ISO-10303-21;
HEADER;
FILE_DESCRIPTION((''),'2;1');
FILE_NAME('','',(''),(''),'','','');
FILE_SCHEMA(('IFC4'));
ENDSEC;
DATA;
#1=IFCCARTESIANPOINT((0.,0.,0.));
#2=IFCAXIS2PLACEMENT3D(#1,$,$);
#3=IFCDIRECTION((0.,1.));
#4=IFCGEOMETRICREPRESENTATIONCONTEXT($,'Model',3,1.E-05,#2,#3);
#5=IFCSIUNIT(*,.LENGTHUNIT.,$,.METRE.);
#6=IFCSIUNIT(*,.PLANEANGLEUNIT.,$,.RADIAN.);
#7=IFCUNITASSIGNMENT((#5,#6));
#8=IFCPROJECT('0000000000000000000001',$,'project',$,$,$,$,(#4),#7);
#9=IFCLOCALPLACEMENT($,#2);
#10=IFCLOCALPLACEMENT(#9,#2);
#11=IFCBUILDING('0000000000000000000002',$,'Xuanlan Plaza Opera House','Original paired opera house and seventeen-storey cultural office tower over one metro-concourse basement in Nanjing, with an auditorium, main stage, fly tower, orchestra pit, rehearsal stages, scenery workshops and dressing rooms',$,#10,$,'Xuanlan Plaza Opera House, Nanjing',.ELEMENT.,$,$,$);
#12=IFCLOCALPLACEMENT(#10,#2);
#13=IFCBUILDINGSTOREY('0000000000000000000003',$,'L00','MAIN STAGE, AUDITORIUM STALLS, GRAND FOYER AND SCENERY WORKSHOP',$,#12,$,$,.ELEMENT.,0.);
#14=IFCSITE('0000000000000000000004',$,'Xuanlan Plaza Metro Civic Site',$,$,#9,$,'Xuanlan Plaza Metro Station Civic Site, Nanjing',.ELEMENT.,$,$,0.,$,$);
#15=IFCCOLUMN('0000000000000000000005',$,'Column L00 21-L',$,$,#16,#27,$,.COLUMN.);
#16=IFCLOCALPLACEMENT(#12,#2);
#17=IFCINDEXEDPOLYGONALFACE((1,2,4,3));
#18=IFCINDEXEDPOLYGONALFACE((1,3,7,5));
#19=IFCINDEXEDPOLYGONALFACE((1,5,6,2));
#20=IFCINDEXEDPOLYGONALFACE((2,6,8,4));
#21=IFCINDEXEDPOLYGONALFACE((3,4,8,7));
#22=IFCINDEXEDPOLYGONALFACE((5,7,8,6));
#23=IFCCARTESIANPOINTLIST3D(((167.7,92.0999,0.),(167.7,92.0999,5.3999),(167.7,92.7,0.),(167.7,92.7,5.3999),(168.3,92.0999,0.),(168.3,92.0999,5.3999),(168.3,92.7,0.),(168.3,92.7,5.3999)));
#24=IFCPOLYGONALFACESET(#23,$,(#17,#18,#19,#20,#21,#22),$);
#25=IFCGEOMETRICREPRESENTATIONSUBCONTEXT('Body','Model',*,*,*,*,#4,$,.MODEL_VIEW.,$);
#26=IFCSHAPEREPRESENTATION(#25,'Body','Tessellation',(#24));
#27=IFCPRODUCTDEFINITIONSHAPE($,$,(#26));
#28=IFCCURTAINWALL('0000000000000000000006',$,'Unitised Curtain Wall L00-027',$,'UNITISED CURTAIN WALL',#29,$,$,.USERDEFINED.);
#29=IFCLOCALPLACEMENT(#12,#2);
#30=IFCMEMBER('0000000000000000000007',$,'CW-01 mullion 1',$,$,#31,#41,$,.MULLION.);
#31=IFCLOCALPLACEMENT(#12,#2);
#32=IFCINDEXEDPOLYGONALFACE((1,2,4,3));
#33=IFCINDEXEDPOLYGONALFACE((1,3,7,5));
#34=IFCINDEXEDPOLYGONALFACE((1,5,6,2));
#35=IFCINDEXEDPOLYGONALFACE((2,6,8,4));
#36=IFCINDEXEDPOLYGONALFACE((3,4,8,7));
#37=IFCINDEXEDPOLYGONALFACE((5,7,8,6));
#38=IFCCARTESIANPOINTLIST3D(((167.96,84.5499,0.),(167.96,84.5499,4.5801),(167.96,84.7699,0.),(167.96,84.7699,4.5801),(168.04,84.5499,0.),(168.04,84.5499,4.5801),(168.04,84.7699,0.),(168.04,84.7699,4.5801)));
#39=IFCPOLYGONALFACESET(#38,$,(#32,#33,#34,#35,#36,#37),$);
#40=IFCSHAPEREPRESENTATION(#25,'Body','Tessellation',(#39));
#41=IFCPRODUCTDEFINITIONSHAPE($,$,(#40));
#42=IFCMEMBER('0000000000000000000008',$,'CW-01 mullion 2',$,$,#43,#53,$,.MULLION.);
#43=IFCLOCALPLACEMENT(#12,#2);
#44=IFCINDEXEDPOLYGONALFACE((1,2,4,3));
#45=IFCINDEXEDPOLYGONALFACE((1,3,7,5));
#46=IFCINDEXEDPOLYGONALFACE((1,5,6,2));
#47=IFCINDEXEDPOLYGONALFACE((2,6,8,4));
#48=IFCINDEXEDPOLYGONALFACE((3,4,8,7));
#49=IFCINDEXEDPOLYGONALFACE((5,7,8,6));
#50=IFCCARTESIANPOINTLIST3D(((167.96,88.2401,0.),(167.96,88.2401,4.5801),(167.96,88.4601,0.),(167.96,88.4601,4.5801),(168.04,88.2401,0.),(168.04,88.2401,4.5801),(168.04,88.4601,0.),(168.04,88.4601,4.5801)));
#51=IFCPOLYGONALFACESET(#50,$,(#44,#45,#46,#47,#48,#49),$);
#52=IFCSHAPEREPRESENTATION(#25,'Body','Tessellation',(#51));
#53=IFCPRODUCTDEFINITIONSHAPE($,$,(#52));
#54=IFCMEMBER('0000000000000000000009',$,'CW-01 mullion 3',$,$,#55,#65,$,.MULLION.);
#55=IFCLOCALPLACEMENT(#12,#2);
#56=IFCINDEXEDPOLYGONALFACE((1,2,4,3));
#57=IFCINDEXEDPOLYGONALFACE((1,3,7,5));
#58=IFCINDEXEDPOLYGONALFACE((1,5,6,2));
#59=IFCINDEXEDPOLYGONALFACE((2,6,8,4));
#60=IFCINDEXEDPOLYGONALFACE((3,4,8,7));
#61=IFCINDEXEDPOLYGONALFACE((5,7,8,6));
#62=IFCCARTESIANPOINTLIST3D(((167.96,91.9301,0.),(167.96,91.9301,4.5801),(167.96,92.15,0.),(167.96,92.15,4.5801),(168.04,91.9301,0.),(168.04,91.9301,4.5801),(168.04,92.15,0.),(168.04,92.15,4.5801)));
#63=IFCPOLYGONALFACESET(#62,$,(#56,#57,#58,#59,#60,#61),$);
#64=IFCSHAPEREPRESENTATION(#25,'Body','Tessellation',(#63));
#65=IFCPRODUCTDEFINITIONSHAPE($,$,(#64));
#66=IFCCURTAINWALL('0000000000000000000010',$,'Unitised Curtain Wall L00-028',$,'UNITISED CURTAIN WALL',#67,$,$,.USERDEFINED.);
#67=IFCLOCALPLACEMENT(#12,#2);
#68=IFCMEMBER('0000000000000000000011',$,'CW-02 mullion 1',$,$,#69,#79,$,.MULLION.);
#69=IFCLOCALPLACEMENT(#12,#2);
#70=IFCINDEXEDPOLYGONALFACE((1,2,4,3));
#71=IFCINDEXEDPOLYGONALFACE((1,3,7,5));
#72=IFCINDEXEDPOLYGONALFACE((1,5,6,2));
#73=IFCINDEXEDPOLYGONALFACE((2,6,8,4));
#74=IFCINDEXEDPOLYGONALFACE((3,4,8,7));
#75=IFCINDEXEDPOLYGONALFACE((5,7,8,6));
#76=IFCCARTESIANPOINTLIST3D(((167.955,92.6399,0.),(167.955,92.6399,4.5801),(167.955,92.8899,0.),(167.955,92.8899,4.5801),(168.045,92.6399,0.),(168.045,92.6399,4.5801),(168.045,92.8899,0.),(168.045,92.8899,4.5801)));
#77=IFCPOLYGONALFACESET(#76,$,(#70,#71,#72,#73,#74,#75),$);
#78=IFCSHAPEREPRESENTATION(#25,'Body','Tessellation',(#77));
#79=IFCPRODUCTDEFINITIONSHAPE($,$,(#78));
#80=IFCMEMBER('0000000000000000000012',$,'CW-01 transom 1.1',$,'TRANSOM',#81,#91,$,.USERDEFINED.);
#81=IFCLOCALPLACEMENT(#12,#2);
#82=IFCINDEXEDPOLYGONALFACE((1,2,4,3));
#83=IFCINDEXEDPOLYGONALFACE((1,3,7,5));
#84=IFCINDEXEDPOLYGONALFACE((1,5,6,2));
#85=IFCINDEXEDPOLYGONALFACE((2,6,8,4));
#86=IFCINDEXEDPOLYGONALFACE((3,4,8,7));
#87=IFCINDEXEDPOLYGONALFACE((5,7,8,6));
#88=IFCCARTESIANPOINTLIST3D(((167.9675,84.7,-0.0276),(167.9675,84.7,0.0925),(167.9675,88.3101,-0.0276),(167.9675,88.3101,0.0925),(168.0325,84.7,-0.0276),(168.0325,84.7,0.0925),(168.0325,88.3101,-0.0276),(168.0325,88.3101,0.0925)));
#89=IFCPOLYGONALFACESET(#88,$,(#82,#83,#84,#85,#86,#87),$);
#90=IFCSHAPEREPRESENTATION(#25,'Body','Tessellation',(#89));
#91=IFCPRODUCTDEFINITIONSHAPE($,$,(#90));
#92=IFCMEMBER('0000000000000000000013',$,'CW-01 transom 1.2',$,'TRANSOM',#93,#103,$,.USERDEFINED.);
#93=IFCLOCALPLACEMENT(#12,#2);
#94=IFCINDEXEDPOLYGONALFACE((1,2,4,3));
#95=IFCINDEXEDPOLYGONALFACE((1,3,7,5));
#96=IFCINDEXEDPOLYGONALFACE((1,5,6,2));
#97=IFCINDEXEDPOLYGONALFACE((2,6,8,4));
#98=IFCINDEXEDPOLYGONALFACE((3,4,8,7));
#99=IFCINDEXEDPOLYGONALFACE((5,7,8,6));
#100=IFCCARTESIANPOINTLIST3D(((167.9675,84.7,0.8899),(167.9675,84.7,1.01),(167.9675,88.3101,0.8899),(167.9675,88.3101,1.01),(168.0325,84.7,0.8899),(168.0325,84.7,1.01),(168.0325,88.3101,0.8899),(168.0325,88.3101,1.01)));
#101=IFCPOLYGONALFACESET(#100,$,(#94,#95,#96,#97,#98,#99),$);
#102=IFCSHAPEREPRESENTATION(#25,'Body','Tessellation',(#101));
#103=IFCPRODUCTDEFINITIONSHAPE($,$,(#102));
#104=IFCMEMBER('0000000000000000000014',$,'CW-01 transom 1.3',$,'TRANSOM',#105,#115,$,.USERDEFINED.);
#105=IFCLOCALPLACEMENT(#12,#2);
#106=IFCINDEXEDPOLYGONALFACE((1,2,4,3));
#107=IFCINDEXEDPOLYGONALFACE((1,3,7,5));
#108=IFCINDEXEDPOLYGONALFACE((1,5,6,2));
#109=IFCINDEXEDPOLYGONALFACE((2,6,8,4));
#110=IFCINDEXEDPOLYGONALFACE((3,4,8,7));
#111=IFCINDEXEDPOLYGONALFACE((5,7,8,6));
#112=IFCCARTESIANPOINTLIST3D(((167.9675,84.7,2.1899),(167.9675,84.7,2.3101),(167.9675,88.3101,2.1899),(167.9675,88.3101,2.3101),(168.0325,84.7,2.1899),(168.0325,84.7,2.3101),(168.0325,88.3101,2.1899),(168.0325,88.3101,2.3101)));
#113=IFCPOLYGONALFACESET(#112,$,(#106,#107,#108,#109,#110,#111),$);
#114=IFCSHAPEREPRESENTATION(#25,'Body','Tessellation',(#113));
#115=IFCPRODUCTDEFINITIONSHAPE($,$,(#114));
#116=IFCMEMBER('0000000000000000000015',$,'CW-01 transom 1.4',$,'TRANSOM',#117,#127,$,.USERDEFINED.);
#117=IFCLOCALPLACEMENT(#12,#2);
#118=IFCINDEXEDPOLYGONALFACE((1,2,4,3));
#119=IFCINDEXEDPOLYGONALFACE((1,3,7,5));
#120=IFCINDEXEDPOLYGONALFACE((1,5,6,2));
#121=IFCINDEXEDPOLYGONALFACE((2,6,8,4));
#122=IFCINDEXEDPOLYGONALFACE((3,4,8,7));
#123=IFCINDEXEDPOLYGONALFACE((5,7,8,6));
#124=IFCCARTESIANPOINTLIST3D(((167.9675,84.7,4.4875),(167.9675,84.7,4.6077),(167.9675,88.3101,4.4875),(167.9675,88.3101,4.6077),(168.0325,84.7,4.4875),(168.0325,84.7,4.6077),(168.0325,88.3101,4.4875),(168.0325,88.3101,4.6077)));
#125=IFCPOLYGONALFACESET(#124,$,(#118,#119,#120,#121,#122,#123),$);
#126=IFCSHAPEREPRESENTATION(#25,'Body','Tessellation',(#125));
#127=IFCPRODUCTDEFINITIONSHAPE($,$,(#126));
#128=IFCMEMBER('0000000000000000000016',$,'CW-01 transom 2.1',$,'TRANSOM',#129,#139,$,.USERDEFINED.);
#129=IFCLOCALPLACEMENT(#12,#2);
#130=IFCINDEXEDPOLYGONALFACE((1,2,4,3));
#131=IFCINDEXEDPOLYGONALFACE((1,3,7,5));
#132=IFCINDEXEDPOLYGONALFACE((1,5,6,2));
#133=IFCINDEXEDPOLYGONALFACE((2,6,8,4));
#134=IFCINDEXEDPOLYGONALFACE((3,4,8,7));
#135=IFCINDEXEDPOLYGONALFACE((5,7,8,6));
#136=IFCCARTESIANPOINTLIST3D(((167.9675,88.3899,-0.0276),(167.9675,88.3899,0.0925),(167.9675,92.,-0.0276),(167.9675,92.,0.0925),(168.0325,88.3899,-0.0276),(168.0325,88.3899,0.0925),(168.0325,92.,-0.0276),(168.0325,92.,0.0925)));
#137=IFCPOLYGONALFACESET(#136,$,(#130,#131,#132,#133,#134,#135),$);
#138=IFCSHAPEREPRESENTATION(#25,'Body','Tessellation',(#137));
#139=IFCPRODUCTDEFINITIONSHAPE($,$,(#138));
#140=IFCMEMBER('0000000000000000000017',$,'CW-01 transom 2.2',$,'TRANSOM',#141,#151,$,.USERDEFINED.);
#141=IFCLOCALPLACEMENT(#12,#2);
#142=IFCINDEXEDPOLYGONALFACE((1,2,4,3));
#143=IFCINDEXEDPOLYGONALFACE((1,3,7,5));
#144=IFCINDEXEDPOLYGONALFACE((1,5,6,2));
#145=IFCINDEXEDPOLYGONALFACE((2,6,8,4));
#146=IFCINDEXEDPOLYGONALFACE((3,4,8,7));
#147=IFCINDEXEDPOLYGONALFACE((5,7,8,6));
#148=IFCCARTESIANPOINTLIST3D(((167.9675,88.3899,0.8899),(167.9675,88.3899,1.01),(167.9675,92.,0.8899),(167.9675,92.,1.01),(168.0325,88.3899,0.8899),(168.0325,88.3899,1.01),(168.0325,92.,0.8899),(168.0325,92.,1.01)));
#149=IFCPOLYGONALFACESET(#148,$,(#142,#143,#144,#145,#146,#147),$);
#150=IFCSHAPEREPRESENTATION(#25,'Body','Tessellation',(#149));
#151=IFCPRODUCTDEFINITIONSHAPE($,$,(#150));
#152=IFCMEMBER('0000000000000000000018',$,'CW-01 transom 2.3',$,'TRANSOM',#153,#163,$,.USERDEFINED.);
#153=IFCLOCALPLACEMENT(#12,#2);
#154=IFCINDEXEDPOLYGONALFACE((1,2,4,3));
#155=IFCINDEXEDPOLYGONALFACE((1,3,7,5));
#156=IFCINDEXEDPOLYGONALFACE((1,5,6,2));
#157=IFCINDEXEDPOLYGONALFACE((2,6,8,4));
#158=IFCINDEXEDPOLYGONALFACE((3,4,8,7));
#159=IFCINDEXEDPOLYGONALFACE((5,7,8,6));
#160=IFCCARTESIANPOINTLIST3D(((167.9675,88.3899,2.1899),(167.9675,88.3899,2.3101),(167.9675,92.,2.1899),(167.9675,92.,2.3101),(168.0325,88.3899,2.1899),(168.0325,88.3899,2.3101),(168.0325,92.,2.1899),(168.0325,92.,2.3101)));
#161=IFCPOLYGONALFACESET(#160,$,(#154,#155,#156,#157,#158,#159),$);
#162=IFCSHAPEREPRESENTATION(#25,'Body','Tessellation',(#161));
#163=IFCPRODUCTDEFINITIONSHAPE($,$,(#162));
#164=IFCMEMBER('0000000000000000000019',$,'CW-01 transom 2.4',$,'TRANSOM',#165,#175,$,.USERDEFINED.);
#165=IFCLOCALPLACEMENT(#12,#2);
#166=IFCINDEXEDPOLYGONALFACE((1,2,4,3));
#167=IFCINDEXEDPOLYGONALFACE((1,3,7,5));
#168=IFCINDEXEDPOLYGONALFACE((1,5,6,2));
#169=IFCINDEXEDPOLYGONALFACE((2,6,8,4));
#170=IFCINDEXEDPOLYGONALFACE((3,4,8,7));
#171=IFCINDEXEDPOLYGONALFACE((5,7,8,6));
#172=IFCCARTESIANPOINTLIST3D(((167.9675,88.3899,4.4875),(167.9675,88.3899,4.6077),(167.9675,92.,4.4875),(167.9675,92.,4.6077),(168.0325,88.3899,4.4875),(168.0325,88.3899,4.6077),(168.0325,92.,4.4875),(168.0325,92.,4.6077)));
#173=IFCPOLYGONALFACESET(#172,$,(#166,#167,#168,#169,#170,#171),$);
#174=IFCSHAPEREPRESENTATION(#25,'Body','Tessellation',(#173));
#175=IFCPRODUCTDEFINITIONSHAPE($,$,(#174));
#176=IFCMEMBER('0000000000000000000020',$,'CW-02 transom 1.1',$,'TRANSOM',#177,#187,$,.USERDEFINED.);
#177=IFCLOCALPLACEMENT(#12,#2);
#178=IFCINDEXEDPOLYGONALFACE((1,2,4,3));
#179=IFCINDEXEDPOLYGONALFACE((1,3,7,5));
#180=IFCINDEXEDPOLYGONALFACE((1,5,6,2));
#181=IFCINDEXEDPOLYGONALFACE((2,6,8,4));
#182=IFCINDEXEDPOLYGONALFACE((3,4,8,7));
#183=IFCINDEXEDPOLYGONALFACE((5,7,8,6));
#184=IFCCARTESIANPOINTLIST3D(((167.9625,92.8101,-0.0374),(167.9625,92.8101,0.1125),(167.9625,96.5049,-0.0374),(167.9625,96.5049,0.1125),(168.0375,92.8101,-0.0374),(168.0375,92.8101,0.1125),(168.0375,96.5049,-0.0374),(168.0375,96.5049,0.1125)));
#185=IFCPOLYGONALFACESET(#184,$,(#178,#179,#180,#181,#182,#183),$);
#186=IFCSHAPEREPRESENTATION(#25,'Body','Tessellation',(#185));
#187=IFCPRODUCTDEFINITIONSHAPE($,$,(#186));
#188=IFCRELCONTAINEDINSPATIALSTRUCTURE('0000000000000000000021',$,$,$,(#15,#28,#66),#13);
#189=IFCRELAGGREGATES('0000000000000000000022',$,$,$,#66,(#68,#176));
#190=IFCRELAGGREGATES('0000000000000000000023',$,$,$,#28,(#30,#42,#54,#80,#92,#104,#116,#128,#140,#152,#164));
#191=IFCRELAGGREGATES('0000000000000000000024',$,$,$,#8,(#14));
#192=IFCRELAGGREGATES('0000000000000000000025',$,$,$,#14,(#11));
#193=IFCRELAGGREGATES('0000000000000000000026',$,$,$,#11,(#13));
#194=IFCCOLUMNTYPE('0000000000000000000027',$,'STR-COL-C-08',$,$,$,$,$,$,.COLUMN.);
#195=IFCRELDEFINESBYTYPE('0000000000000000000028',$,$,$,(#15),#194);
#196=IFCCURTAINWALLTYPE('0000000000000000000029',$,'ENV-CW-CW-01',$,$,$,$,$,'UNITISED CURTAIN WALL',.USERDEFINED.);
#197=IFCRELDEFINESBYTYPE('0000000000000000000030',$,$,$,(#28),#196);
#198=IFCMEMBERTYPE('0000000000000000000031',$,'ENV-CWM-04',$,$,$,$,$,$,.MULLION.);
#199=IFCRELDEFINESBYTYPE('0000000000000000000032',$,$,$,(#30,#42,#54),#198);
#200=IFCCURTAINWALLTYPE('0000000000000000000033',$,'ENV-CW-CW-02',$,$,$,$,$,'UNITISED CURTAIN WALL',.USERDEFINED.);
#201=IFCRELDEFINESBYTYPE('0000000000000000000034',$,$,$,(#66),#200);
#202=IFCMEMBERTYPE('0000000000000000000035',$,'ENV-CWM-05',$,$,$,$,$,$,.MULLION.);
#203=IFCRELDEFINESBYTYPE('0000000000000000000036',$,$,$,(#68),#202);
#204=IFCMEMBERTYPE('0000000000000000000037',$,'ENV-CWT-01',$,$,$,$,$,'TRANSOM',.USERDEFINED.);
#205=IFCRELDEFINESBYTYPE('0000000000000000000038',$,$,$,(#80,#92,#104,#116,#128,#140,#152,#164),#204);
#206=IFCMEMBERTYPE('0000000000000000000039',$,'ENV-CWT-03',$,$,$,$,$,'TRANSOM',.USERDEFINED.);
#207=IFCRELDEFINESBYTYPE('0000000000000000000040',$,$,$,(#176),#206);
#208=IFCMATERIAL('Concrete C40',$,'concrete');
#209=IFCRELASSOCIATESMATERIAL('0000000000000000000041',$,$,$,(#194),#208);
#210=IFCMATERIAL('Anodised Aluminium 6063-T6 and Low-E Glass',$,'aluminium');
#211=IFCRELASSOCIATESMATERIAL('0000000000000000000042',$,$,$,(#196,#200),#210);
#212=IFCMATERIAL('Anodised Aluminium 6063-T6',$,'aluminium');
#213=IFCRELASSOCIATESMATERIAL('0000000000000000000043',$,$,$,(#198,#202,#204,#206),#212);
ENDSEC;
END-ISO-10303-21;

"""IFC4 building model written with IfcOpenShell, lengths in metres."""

from ifc_helpers import new_model, si_unit, direction, frame, origin, origin_2d, place, context, subcontext, project, spatial, rectangle, extrude, material, material_profile, profile_set, type_object, element, aggregate, save


model = new_model("IFC4")

# Units and contexts
model_context = context("Model", 3, precision=1e-05, world=origin(), true_north=direction((0.0, 1.0)))
body_context = subcontext(model_context, "Body", "Model", "MODEL_VIEW")
ifc_project = project(units=[si_unit("LENGTHUNIT", "METRE"), si_unit("PLANEANGLEUNIT", "RADIAN")], contexts=[model_context])

# Site, building, storey
site_placement = place(None, origin())
site = spatial("IfcSite", under=ifc_project, at=site_placement, Name="Xuanlan Plaza Metro Civic Site", LongName="Xuanlan Plaza Metro Station Civic Site, Nanjing", CompositionType="ELEMENT", RefElevation=0.0)
building_placement = place(site_placement, origin())
building = spatial("IfcBuilding", under=site, at=building_placement, Name="Xuanlan Plaza Opera House", Description="Original paired opera house and seventeen-storey cultural office tower over one metro-concourse basement in Nanjing, with an auditorium, main stage, fly tower, orchestra pit, rehearsal stages, scenery workshops and dressing rooms", LongName="Xuanlan Plaza Opera House, Nanjing", CompositionType="ELEMENT")
storey_placement = place(building_placement, origin())
storey = spatial("IfcBuildingStorey", under=building, at=storey_placement, Name="L00", Description="MAIN STAGE, AUDITORIUM STALLS, GRAND FOYER AND SCENERY WORKSHOP", CompositionType="ELEMENT", Elevation=0.0)

# Column
ifc_material_1 = material(Name="Concrete C40", Category="concrete")
ifc_material_profile_1 = material_profile(ifc_material_1, rectangle(XDim=0.6001, YDim=0.6001, at=origin_2d()), Name="RC-COL 600x600")
ifc_profile_set_1 = profile_set([ifc_material_profile_1], Name="Concrete C40")
column_type = type_object("IfcColumnType", Name="STR-COL-C-08", PredefinedType="COLUMN", material=ifc_profile_set_1)
column_placement = place(storey_placement, frame((168.0, 92.3999, 0.0), z_axis=(0.0, 0.0, 1.0), x_axis=(1.0, 0.0, 0.0)))
element("IfcColumn", 1, at=column_placement, inside=storey, type_object=column_type, Name="Column L00 21-L", PredefinedType="COLUMN", context=body_context, shape_type="SweptSolid", body=[
    extrude(rectangle(XDim=0.6001, YDim=0.6001, at=origin_2d()), origin(), (0.0, 0.0, 1.0), 5.3999),
])

# Curtain wall, members
ifc_material_2 = material(Name="Anodised Aluminium 6063-T6 and Low-E Glass", Category="aluminium")
curtain_wall_type_1 = type_object("IfcCurtainWallType", Name="ENV-CW-CW-01", ElementType="UNITISED CURTAIN WALL", PredefinedType="USERDEFINED", material=ifc_material_2)
curtain_wall_1_placement = place(storey_placement, origin())
curtain_wall_1 = element("IfcCurtainWall", 2, at=curtain_wall_1_placement, inside=storey, type_object=curtain_wall_type_1, Name="Unitised Curtain Wall L00-027", ObjectType="UNITISED CURTAIN WALL", PredefinedType="USERDEFINED")
ifc_material_3 = material(Name="Anodised Aluminium 6063-T6", Category="aluminium")
ifc_material_profile_2 = material_profile(ifc_material_3, rectangle(XDim=0.0801, YDim=0.22, at=origin_2d()), Name="ALU-M 80x220")
ifc_profile_set_2 = profile_set([ifc_material_profile_2], Name="Anodised Aluminium 6063-T6")
member_type_1 = type_object("IfcMemberType", Name="ENV-CWM-04", PredefinedType="MULLION", material=ifc_profile_set_2)
member_1_placement = place(storey_placement, frame((168.0, 84.6599, 0.0), z_axis=(0.0, 0.0, 1.0), x_axis=(-1.0, 0.0, 0.0)))
member_1 = element("IfcMember", 3, at=member_1_placement, type_object=member_type_1, Name="CW-01 mullion 1", PredefinedType="MULLION", context=body_context, shape_type="SweptSolid", body=[
    extrude(rectangle(XDim=0.0801, YDim=0.22, at=origin_2d()), origin(), (0.0, 0.0, 1.0), 4.5801),
])
member_2_placement = place(storey_placement, frame((168.0, 88.3501, 0.0), z_axis=(0.0, 0.0, 1.0), x_axis=(-1.0, 0.0, 0.0)))
member_2 = element("IfcMember", 4, at=member_2_placement, type_object=member_type_1, Name="CW-01 mullion 2", PredefinedType="MULLION", context=body_context, shape_type="SweptSolid", body=[
    extrude(rectangle(XDim=0.0801, YDim=0.22, at=origin_2d()), origin(), (0.0, 0.0, 1.0), 4.5801),
])
member_3_placement = place(storey_placement, frame((168.0, 92.04, 0.0), z_axis=(0.0, 0.0, 1.0), x_axis=(-1.0, 0.0, 0.0)))
member_3 = element("IfcMember", 5, at=member_3_placement, type_object=member_type_1, Name="CW-01 mullion 3", PredefinedType="MULLION", context=body_context, shape_type="SweptSolid", body=[
    extrude(rectangle(XDim=0.0801, YDim=0.22, at=origin_2d()), origin(), (0.0, 0.0, 1.0), 4.5801),
])

# Curtain wall, member
curtain_wall_type_2 = type_object("IfcCurtainWallType", Name="ENV-CW-CW-02", ElementType="UNITISED CURTAIN WALL", PredefinedType="USERDEFINED", material=ifc_material_2)
curtain_wall_2_placement = place(storey_placement, origin())
curtain_wall_2 = element("IfcCurtainWall", 6, at=curtain_wall_2_placement, inside=storey, type_object=curtain_wall_type_2, Name="Unitised Curtain Wall L00-028", ObjectType="UNITISED CURTAIN WALL", PredefinedType="USERDEFINED")
ifc_material_profile_3 = material_profile(ifc_material_3, rectangle(XDim=0.0901, YDim=0.25, at=origin_2d()), Name="ALU-M 90x250")
ifc_profile_set_3 = profile_set([ifc_material_profile_3], Name="Anodised Aluminium 6063-T6")
member_type_2 = type_object("IfcMemberType", Name="ENV-CWM-05", PredefinedType="MULLION", material=ifc_profile_set_3)
member_4_placement = place(storey_placement, frame((168.0, 92.7649, 0.0), z_axis=(0.0, 0.0, 1.0), x_axis=(-1.0, 0.0, 0.0)))
member_4 = element("IfcMember", 7, at=member_4_placement, type_object=member_type_2, Name="CW-02 mullion 1", PredefinedType="MULLION", context=body_context, shape_type="SweptSolid", body=[
    extrude(rectangle(XDim=0.0901, YDim=0.25, at=origin_2d()), origin(), (0.0, 0.0, 1.0), 4.5801),
])

# Members
ifc_material_profile_4 = material_profile(ifc_material_3, rectangle(XDim=0.0649, YDim=0.1201, at=origin_2d()), Name="ALU-T 65x120")
ifc_profile_set_4 = profile_set([ifc_material_profile_4], Name="Anodised Aluminium 6063-T6")
member_type_3 = type_object("IfcMemberType", Name="ENV-CWT-01", ElementType="TRANSOM", PredefinedType="USERDEFINED", material=ifc_profile_set_4)
member_5_placement = place(storey_placement, frame((168.0, 84.7, 0.0325), z_axis=(0.0, 1.0, 0.0), x_axis=(-1.0, 0.0, 0.0)))
member_5 = element("IfcMember", 8, at=member_5_placement, type_object=member_type_3, Name="CW-01 transom 1.1", ObjectType="TRANSOM", PredefinedType="USERDEFINED", context=body_context, shape_type="SweptSolid", body=[
    extrude(rectangle(XDim=0.0649, YDim=0.1201, at=origin_2d()), origin(), (0.0, 0.0, 1.0), 3.6101),
])
member_6_placement = place(storey_placement, frame((168.0, 84.7, 0.95), z_axis=(0.0, 1.0, 0.0), x_axis=(-1.0, 0.0, 0.0)))
member_6 = element("IfcMember", 9, at=member_6_placement, type_object=member_type_3, Name="CW-01 transom 1.2", ObjectType="TRANSOM", PredefinedType="USERDEFINED", context=body_context, shape_type="SweptSolid", body=[
    extrude(rectangle(XDim=0.0649, YDim=0.1201, at=origin_2d()), origin(), (0.0, 0.0, 1.0), 3.6101),
])
member_7_placement = place(storey_placement, frame((168.0, 84.7, 2.25), z_axis=(0.0, 1.0, 0.0), x_axis=(-1.0, 0.0, 0.0)))
member_7 = element("IfcMember", 10, at=member_7_placement, type_object=member_type_3, Name="CW-01 transom 1.3", ObjectType="TRANSOM", PredefinedType="USERDEFINED", context=body_context, shape_type="SweptSolid", body=[
    extrude(rectangle(XDim=0.0649, YDim=0.1201, at=origin_2d()), origin(), (0.0, 0.0, 1.0), 3.6101),
])
member_8_placement = place(storey_placement, frame((168.0, 84.7, 4.5476), z_axis=(0.0, 1.0, 0.0), x_axis=(-1.0, 0.0, 0.0)))
member_8 = element("IfcMember", 11, at=member_8_placement, type_object=member_type_3, Name="CW-01 transom 1.4", ObjectType="TRANSOM", PredefinedType="USERDEFINED", context=body_context, shape_type="SweptSolid", body=[
    extrude(rectangle(XDim=0.0649, YDim=0.1201, at=origin_2d()), origin(), (0.0, 0.0, 1.0), 3.6101),
])
member_9_placement = place(storey_placement, frame((168.0, 88.3899, 0.0325), z_axis=(0.0, 1.0, 0.0), x_axis=(-1.0, 0.0, 0.0)))
member_9 = element("IfcMember", 12, at=member_9_placement, type_object=member_type_3, Name="CW-01 transom 2.1", ObjectType="TRANSOM", PredefinedType="USERDEFINED", context=body_context, shape_type="SweptSolid", body=[
    extrude(rectangle(XDim=0.0649, YDim=0.1201, at=origin_2d()), origin(), (0.0, 0.0, 1.0), 3.6101),
])
member_10_placement = place(storey_placement, frame((168.0, 88.3899, 0.95), z_axis=(0.0, 1.0, 0.0), x_axis=(-1.0, 0.0, 0.0)))
member_10 = element("IfcMember", 13, at=member_10_placement, type_object=member_type_3, Name="CW-01 transom 2.2", ObjectType="TRANSOM", PredefinedType="USERDEFINED", context=body_context, shape_type="SweptSolid", body=[
    extrude(rectangle(XDim=0.0649, YDim=0.1201, at=origin_2d()), origin(), (0.0, 0.0, 1.0), 3.6101),
])
member_11_placement = place(storey_placement, frame((168.0, 88.3899, 2.25), z_axis=(0.0, 1.0, 0.0), x_axis=(-1.0, 0.0, 0.0)))
member_11 = element("IfcMember", 14, at=member_11_placement, type_object=member_type_3, Name="CW-01 transom 2.3", ObjectType="TRANSOM", PredefinedType="USERDEFINED", context=body_context, shape_type="SweptSolid", body=[
    extrude(rectangle(XDim=0.0649, YDim=0.1201, at=origin_2d()), origin(), (0.0, 0.0, 1.0), 3.6101),
])
member_12_placement = place(storey_placement, frame((168.0, 88.3899, 4.5476), z_axis=(0.0, 1.0, 0.0), x_axis=(-1.0, 0.0, 0.0)))
member_12 = element("IfcMember", 15, at=member_12_placement, type_object=member_type_3, Name="CW-01 transom 2.4", ObjectType="TRANSOM", PredefinedType="USERDEFINED", context=body_context, shape_type="SweptSolid", body=[
    extrude(rectangle(XDim=0.0649, YDim=0.1201, at=origin_2d()), origin(), (0.0, 0.0, 1.0), 3.6101),
])
ifc_material_profile_5 = material_profile(ifc_material_3, rectangle(XDim=0.075, YDim=0.1499, at=origin_2d()), Name="ALU-T 75x150")
ifc_profile_set_5 = profile_set([ifc_material_profile_5], Name="Anodised Aluminium 6063-T6")
member_type_4 = type_object("IfcMemberType", Name="ENV-CWT-03", ElementType="TRANSOM", PredefinedType="USERDEFINED", material=ifc_profile_set_5)
member_13_placement = place(storey_placement, frame((168.0, 92.8101, 0.0376), z_axis=(0.0, 1.0, 0.0), x_axis=(-1.0, 0.0, 0.0)))
member_13 = element("IfcMember", 16, at=member_13_placement, type_object=member_type_4, Name="CW-02 transom 1.1", ObjectType="TRANSOM", PredefinedType="USERDEFINED", context=body_context, shape_type="SweptSolid", body=[
    extrude(rectangle(XDim=0.075, YDim=0.1499, at=origin_2d()), origin(), (0.0, 0.0, 1.0), 3.6948),
])
aggregate(curtain_wall_2, [member_4, member_13])

aggregate(curtain_wall_1, [member_1, member_2, member_3, member_5, member_6, member_7, member_8, member_9, member_10, member_11, member_12])

save(model, "model.ifc")
